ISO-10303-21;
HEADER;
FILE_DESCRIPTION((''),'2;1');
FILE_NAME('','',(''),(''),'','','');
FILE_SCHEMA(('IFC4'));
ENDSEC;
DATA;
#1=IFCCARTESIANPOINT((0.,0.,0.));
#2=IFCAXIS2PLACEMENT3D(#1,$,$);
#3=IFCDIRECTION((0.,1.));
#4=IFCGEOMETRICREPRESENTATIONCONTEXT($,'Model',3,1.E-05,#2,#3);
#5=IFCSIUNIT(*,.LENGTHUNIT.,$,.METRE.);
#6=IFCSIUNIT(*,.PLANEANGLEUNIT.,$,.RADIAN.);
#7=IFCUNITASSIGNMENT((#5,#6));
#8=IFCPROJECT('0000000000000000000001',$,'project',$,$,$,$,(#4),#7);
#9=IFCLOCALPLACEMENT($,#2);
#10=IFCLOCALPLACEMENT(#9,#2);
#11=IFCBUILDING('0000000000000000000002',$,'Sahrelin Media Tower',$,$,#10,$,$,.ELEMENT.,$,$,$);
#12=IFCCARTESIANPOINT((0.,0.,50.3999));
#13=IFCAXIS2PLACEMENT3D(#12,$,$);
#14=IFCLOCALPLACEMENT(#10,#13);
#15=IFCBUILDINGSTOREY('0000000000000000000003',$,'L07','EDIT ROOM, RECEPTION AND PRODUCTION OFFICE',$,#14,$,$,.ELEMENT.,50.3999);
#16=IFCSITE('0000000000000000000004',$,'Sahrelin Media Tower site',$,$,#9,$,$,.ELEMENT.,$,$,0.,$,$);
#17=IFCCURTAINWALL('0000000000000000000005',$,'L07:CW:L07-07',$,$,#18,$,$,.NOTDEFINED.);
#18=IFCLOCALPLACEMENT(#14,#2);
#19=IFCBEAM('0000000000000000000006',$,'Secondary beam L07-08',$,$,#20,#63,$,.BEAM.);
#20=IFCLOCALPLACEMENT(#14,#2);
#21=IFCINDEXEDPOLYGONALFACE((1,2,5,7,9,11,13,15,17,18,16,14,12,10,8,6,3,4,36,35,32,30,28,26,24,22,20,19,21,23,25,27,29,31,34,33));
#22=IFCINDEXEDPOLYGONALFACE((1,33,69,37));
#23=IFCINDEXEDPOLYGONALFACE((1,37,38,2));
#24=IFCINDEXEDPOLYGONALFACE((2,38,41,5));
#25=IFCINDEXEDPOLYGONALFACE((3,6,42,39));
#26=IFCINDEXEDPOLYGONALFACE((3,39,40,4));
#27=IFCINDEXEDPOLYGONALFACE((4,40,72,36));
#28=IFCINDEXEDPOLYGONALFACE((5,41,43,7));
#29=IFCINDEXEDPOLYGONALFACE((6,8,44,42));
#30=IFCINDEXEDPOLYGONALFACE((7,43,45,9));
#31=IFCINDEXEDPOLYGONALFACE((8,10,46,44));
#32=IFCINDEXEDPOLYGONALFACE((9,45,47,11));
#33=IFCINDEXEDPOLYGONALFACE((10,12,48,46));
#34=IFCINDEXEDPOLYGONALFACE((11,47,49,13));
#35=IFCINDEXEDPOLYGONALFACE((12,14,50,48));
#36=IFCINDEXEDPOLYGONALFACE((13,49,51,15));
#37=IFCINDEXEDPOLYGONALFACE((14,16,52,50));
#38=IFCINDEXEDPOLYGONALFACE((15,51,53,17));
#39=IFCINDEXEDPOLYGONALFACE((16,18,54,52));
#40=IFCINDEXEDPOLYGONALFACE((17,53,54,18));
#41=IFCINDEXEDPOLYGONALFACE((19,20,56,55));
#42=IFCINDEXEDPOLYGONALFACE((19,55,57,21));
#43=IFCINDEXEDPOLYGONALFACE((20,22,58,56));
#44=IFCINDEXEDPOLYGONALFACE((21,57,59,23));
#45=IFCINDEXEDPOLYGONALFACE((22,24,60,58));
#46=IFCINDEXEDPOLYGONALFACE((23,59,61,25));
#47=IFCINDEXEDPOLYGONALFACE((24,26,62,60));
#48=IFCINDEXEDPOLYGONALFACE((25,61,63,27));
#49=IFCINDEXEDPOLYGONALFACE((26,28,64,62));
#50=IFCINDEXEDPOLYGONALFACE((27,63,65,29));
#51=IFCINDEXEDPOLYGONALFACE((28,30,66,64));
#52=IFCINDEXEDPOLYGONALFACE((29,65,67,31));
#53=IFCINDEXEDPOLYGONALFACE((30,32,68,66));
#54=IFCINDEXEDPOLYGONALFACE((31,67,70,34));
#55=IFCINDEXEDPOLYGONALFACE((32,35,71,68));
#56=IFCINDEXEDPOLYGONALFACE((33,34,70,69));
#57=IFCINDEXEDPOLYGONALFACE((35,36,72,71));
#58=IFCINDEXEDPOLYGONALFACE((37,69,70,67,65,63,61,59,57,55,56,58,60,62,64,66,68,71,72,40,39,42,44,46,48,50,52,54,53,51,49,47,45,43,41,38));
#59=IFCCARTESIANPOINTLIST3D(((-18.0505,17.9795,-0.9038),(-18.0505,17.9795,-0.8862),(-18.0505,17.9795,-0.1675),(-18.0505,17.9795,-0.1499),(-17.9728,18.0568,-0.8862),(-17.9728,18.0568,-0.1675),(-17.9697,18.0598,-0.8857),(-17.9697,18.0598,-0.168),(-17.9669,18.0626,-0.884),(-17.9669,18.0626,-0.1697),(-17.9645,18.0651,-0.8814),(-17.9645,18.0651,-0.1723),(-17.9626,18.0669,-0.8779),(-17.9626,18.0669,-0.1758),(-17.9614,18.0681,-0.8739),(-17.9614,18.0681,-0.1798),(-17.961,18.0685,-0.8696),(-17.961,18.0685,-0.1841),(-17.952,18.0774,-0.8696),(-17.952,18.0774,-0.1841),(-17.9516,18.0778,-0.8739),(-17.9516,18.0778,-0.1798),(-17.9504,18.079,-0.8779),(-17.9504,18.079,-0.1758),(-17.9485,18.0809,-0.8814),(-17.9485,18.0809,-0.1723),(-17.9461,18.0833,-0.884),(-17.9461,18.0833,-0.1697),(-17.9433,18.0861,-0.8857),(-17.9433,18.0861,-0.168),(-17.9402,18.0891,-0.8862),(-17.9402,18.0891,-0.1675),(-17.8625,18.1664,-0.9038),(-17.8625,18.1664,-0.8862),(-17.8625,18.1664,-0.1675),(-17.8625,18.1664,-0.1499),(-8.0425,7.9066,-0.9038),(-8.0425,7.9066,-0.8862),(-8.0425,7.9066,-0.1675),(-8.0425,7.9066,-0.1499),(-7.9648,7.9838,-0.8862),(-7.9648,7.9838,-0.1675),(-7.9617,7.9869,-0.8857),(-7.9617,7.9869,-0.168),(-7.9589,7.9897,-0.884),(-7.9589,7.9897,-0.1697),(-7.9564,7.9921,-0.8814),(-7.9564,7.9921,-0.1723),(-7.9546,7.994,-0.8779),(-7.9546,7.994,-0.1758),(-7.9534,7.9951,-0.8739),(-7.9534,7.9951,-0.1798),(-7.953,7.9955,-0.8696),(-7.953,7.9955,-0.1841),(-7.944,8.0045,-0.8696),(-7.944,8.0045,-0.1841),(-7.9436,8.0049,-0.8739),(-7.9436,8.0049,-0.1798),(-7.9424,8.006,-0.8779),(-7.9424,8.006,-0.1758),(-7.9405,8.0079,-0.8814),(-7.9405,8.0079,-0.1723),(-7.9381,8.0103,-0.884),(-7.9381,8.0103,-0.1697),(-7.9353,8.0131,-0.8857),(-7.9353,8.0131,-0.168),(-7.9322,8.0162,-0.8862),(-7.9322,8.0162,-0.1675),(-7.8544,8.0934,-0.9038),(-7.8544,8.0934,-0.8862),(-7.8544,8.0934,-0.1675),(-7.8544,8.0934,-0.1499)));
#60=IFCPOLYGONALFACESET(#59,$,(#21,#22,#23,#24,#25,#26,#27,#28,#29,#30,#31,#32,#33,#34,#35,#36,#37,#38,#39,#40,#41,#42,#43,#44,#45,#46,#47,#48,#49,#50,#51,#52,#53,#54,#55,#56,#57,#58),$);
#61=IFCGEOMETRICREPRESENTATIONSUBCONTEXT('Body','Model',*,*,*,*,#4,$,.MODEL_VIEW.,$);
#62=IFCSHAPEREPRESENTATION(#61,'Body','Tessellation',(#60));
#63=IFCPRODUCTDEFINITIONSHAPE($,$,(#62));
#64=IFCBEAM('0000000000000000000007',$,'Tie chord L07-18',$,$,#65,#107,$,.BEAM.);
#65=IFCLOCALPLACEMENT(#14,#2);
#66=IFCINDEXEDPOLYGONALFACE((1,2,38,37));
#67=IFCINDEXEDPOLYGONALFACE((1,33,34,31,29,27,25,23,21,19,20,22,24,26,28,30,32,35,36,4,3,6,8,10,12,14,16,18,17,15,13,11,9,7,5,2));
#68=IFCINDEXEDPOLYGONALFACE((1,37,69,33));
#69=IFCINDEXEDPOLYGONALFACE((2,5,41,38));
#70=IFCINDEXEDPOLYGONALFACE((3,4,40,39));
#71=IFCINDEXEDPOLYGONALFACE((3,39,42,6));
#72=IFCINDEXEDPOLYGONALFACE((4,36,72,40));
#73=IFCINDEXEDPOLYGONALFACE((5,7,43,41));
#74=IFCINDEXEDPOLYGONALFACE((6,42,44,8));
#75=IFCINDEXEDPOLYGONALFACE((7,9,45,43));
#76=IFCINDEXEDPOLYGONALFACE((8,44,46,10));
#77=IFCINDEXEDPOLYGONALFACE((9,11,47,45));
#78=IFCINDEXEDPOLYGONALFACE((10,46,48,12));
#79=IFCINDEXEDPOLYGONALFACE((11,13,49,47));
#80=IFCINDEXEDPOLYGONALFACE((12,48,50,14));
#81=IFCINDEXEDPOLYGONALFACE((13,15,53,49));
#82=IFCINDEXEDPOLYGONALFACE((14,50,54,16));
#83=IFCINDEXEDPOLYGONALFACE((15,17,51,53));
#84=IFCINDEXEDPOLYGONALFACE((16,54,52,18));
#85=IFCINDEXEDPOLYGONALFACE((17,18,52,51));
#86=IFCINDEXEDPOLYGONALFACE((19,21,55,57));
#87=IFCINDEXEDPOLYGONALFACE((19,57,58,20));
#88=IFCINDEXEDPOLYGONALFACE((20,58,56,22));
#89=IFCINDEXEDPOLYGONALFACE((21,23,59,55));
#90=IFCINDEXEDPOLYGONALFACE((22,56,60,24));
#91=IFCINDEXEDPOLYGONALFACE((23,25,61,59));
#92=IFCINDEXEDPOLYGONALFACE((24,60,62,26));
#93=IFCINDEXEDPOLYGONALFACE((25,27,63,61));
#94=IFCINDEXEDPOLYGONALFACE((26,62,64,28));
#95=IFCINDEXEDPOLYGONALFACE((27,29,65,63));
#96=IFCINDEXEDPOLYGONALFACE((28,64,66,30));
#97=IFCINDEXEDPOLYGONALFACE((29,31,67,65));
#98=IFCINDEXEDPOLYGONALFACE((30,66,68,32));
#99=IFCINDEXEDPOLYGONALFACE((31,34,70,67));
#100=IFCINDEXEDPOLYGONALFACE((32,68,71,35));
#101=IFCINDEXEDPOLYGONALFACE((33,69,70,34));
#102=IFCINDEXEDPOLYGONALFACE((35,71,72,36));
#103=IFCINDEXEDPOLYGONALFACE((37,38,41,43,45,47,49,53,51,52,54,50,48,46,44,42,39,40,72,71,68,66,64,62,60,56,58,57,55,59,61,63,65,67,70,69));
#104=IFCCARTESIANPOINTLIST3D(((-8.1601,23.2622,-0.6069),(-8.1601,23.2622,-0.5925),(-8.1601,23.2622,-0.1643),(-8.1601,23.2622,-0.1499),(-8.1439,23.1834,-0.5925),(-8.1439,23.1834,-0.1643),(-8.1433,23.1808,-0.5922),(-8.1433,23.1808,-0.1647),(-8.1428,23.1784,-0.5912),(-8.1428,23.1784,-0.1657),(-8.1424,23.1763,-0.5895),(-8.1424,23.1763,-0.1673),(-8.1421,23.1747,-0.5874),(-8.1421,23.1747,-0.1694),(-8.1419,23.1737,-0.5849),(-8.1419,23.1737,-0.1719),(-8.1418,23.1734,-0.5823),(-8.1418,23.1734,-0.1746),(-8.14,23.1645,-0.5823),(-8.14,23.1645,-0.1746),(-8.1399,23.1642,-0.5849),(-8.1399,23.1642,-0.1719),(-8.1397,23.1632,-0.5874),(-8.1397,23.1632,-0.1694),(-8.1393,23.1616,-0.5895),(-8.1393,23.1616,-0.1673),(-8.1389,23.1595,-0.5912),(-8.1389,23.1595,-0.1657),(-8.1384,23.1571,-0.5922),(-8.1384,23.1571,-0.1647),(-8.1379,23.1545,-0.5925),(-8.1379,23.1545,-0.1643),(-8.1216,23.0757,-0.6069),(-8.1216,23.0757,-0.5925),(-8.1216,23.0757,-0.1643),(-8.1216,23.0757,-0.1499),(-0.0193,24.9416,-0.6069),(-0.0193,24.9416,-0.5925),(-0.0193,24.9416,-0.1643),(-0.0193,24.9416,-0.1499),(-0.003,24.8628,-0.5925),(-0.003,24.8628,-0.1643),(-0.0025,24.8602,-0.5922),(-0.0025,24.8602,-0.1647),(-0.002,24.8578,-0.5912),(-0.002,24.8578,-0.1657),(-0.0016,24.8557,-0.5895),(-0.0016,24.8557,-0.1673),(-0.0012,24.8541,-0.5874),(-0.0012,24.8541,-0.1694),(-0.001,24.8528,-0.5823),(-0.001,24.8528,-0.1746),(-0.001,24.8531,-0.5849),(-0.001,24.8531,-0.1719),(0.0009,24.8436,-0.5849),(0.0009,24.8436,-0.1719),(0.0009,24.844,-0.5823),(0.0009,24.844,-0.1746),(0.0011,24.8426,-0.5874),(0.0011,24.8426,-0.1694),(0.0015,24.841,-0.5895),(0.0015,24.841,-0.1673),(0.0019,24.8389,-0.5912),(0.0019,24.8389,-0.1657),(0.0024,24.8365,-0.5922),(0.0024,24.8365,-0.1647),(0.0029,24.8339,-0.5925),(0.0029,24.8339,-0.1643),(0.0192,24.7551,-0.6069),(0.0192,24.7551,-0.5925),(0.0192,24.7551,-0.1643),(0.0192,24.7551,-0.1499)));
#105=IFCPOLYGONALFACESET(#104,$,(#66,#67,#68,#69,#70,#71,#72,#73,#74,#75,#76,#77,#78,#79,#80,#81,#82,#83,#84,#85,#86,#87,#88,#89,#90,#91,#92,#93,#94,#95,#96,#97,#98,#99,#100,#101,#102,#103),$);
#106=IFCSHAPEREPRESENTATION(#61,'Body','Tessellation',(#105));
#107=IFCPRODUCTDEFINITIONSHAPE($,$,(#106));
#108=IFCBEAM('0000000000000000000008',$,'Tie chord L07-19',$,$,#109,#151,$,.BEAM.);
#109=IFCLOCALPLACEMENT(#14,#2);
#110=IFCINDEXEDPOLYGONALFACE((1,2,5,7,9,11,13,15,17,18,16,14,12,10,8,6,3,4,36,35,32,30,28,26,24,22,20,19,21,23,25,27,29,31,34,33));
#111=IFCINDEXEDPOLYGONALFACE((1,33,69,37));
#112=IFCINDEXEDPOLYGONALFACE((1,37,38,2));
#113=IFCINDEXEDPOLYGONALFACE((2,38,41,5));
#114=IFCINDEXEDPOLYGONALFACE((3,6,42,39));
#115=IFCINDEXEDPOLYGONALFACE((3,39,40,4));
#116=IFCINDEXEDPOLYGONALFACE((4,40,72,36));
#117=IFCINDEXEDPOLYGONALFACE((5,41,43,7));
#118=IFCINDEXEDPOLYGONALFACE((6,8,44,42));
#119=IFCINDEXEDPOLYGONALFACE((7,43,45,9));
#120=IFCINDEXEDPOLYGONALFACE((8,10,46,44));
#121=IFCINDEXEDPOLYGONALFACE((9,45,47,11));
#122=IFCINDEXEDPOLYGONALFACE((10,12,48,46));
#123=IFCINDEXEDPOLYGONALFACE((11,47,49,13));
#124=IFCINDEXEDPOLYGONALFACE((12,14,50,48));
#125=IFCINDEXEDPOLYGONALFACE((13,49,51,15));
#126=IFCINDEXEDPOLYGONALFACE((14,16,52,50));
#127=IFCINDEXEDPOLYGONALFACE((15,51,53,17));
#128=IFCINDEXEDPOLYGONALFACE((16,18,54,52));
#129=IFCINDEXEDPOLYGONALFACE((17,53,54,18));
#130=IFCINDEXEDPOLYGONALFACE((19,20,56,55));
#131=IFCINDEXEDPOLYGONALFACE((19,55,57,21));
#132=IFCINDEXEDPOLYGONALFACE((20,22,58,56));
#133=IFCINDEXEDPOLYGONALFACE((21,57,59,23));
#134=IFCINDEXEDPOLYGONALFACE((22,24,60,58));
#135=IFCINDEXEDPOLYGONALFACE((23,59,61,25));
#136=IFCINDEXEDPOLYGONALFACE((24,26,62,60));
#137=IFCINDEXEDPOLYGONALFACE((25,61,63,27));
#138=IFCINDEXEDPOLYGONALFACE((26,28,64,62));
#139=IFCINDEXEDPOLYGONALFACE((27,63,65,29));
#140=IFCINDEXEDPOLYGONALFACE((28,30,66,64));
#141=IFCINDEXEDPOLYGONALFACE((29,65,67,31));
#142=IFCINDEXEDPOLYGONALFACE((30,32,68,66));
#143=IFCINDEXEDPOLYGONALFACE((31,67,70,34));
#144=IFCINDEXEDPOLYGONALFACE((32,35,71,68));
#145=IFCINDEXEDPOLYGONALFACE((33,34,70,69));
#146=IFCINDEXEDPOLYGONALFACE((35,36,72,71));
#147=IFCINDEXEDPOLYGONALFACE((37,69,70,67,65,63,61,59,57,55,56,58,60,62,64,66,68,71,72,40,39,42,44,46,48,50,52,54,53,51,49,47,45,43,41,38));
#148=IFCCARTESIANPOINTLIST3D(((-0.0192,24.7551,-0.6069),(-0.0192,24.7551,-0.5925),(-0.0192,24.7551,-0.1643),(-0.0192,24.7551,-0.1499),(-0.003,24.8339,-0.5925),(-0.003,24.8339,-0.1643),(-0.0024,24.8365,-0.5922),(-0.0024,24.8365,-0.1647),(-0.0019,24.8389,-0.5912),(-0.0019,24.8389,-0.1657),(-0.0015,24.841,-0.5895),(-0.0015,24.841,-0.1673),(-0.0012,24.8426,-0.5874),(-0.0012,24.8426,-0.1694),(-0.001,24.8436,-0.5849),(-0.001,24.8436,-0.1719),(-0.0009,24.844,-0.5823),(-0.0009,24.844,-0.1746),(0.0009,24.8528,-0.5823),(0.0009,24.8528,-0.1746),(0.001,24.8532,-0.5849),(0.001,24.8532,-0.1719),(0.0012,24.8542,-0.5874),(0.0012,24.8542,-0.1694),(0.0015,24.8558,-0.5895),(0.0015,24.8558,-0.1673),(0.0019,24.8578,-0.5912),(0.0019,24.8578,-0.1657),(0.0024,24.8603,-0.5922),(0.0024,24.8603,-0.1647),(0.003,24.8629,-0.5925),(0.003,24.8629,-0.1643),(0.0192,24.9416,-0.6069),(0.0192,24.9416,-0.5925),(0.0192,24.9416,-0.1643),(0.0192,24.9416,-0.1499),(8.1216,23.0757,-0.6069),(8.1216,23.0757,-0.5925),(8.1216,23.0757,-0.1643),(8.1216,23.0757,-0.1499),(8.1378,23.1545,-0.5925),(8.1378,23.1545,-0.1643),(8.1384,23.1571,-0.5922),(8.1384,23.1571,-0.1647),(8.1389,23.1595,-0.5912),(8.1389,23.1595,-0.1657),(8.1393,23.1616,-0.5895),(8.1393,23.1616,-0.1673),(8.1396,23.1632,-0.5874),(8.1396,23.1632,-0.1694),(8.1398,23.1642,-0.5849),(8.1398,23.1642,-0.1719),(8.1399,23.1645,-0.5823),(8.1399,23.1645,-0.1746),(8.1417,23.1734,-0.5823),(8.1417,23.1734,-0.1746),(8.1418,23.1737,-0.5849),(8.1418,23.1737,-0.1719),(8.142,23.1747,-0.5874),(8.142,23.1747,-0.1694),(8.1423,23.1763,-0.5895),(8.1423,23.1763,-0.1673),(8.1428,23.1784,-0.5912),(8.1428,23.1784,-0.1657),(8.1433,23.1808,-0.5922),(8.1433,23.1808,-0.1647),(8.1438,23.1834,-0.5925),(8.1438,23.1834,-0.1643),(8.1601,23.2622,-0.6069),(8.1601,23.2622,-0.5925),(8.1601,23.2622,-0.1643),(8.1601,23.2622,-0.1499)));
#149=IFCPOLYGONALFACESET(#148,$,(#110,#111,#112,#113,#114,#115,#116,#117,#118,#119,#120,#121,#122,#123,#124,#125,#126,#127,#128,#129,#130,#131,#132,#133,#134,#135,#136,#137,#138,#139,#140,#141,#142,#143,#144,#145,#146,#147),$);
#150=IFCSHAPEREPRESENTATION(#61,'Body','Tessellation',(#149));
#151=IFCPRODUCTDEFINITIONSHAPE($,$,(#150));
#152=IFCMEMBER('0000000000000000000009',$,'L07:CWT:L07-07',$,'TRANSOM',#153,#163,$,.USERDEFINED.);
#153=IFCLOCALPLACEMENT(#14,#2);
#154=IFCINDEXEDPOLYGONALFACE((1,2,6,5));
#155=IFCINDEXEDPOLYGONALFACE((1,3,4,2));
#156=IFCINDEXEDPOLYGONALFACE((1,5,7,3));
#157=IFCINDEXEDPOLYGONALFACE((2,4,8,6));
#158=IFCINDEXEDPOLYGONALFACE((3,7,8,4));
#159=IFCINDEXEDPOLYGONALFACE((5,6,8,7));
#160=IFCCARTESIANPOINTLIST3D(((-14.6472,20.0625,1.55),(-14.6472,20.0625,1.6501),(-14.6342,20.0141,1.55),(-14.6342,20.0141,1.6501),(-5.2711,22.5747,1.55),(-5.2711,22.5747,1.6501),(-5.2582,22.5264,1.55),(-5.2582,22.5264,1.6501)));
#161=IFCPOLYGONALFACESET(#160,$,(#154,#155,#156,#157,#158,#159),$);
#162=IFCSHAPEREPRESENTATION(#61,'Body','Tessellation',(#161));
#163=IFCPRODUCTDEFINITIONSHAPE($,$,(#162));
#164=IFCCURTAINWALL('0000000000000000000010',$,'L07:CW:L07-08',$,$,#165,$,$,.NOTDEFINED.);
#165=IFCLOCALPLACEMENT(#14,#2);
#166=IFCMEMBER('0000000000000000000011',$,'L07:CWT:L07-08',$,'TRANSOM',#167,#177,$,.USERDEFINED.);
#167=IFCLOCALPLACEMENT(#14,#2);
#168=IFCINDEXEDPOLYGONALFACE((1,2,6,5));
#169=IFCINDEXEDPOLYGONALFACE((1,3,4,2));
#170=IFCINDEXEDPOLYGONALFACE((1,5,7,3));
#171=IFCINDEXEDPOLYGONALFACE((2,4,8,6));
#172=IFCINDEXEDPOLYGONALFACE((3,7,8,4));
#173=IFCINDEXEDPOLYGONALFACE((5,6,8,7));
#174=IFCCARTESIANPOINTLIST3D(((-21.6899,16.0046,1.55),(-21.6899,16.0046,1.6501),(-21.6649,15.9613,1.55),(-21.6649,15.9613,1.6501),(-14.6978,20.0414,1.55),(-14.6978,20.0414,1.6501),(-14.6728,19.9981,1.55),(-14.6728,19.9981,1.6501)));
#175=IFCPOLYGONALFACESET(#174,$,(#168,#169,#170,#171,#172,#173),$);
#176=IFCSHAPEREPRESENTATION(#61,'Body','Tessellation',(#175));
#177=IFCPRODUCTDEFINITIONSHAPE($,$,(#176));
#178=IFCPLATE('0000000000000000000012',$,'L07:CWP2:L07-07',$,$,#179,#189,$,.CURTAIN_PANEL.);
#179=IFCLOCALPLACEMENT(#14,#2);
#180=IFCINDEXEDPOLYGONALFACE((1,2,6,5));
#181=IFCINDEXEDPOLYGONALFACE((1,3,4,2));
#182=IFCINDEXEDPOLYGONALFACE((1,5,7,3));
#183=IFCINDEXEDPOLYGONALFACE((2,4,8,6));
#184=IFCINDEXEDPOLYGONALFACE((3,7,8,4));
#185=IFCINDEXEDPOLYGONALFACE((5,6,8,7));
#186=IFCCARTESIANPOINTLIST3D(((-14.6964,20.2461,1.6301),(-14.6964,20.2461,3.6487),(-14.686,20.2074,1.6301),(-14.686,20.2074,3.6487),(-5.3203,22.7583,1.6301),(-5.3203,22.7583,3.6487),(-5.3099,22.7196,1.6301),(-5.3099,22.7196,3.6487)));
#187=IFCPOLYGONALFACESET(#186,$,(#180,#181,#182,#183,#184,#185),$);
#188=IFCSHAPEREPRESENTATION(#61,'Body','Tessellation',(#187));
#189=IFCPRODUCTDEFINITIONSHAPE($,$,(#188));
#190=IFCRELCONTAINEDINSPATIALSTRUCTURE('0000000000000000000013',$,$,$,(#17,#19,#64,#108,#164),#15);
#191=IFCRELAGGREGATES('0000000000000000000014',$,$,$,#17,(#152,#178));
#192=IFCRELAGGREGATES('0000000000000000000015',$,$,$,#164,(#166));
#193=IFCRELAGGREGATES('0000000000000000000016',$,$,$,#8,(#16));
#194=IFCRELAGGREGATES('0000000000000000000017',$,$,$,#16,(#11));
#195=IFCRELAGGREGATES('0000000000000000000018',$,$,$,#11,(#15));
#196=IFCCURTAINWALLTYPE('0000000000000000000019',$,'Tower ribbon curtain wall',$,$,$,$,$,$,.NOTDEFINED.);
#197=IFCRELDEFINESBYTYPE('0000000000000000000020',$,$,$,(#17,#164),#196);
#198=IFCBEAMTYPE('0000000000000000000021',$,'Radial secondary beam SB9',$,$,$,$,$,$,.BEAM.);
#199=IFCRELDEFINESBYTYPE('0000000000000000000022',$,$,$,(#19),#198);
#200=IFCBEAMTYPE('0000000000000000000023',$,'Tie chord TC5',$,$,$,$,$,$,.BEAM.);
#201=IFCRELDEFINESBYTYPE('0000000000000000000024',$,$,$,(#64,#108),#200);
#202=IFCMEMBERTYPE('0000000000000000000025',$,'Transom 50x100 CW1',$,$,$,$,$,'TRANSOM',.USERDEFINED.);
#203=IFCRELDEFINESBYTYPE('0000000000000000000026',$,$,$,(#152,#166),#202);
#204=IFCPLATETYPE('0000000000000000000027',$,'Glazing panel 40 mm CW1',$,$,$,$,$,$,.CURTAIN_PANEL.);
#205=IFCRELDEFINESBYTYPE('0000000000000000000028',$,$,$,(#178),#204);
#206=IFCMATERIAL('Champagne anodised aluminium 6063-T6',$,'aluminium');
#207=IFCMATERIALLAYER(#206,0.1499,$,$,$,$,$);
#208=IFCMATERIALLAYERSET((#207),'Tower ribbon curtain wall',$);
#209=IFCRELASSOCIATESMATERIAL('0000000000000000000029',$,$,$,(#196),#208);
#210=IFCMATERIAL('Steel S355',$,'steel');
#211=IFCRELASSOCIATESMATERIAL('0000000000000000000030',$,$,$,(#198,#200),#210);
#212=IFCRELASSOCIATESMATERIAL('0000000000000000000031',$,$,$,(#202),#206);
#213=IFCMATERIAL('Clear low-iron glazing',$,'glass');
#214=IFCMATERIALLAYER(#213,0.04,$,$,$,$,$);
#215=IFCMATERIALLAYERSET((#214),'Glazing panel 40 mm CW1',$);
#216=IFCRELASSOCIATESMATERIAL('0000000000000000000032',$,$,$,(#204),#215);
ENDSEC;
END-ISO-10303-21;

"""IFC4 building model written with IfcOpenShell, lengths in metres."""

from ifc_helpers import new_model, si_unit, direction, frame, origin, origin_2d, place, context, subcontext, project, spatial, polyline, rectangle, i_section, outline, extrude, material, layer, layer_set, material_profile, profile_set, type_object, element, aggregate, save


model = new_model("IFC4")

# Units and contexts
model_context = context("Model", 3, precision=1e-05, world=origin(), true_north=direction((0.0, 1.0)))
body_context = subcontext(model_context, "Body", "Model", "MODEL_VIEW")
ifc_project = project(units=[si_unit("LENGTHUNIT", "METRE"), si_unit("PLANEANGLEUNIT", "RADIAN")], contexts=[model_context])

# Site, building, storey
site_placement = place(None, origin())
site = spatial("IfcSite", under=ifc_project, at=site_placement, Name="Sahrelin Media Tower site", CompositionType="ELEMENT", RefElevation=0.0)
building_placement = place(site_placement, origin())
building = spatial("IfcBuilding", under=site, at=building_placement, Name="Sahrelin Media Tower", CompositionType="ELEMENT")
storey_placement = place(building_placement, frame((0.0, 0.0, 50.3999)))
storey = spatial("IfcBuildingStorey", under=building, at=storey_placement, Name="L07", Description="EDIT ROOM, RECEPTION AND PRODUCTION OFFICE", CompositionType="ELEMENT", Elevation=50.3999)

# Shared definitions
ifc_material_1 = material(Name="Steel S355", Category="steel")

# Curtain wall
ifc_material_2 = material(Name="Champagne anodised aluminium 6063-T6", Category="aluminium")
ifc_layer_1 = layer(ifc_material_2, 0.1499)
ifc_layer_set_1 = layer_set([ifc_layer_1], Name="Tower ribbon curtain wall")
curtain_wall_type = type_object("IfcCurtainWallType", Name="Tower ribbon curtain wall", PredefinedType="NOTDEFINED", material=ifc_layer_set_1)
curtain_wall_1_placement = place(storey_placement, frame((-10.0032, 21.4827, 0.0), z_axis=(0.0, 0.0, 1.0), x_axis=(1.0, 0.0, 0.0)))
curtain_wall_1 = element("IfcCurtainWall", 1, at=curtain_wall_1_placement, inside=storey, type_object=curtain_wall_type, Name="L07:CW:L07-07", PredefinedType="NOTDEFINED")

# Beams
ifc_material_profile_1 = material_profile(ifc_material_1, i_section(OverallWidth=0.2651, OverallDepth=0.7539, WebThickness=0.0127, FlangeThickness=0.0176, FilletRadius=0.0166, at=origin_2d()), Name="UB 762x267x147")
ifc_profile_set_1 = profile_set([ifc_material_profile_1], Name="Steel S355")
beam_type_1 = type_object("IfcBeamType", Name="Radial secondary beam SB9", PredefinedType="BEAM", material=ifc_profile_set_1)
beam_1_placement = place(storey_placement, frame((-7.9485, 8.0, -0.5269), z_axis=(-0.704816, 0.70939, 0.0), x_axis=(-0.70939, -0.704816, 0.0)))
element("IfcBeam", 2, at=beam_1_placement, inside=storey, type_object=beam_type_1, Name="Secondary beam L07-08", PredefinedType="BEAM", context=body_context, shape_type="SweptSolid", body=[
    extrude(i_section(OverallWidth=0.2651, OverallDepth=0.7539, WebThickness=0.0127, FlangeThickness=0.0176, FilletRadius=0.0166, at=origin_2d()), origin(), (0.0, 0.0, 1.0), 14.1995),
])
ifc_material_profile_2 = material_profile(ifc_material_1, i_section(OverallWidth=0.1904, OverallDepth=0.457, WebThickness=0.009, FlangeThickness=0.0144, FilletRadius=0.0103, at=origin_2d()), Name="UB 457x191x74")
ifc_profile_set_2 = profile_set([ifc_material_profile_2], Name="Steel S355")
beam_type_2 = type_object("IfcBeamType", Name="Tie chord TC5", PredefinedType="BEAM", material=ifc_profile_set_2)
for number, where, z_axis, x_axis, name in (
    (3, (-8.1409, 23.1689, -0.3784), (0.979377, 0.202043, 0.0), (-0.202043, 0.979377, 0.0), "Tie chord L07-18"),
    (4, (0.0, 24.8484, -0.3784), (0.979377, -0.202043, 0.0), (0.202043, 0.979377, 0.0), "Tie chord L07-19"),
):
    element("IfcBeam", number, at=place(storey_placement, frame(where, z_axis=z_axis, x_axis=x_axis)), inside=storey, type_object=beam_type_2, Name=name, PredefinedType="BEAM", context=body_context, shape_type="SweptSolid", body=[
        extrude(i_section(OverallWidth=0.1904, OverallDepth=0.457, WebThickness=0.009, FlangeThickness=0.0144, FilletRadius=0.0103, at=origin_2d()), origin(), (0.0, 0.0, 1.0), 8.3123),
    ])

# Member
ifc_material_profile_3 = material_profile(ifc_material_2, rectangle(XDim=0.05, YDim=0.1001, at=origin_2d()), Name="Transom 50x100")
ifc_profile_set_3 = profile_set([ifc_material_profile_3], Name="Champagne anodised aluminium 6063-T6")
member_type_1 = type_object("IfcMemberType", Name="Transom 50x100 CW1", ElementType="TRANSOM", PredefinedType="USERDEFINED", material=ifc_profile_set_3)
member_1_placement = place(storey_placement, frame((-5.2646, 22.5505, 1.6001), z_axis=(-0.965928, -0.258812, 0.0), x_axis=(0.258812, -0.965928, 0.0)))
member_1 = element("IfcMember", 5, at=member_1_placement, type_object=member_type_1, Name="L07:CWT:L07-07", ObjectType="TRANSOM", PredefinedType="USERDEFINED", context=body_context, shape_type="SweptSolid", body=[
    extrude(rectangle(XDim=0.05, YDim=0.1001, at=origin_2d()), origin(), (0.0, 0.0, 1.0), 9.7068),
])

# Curtain wall, member
curtain_wall_2_placement = place(storey_placement, frame((-18.2788, 18.1702, 0.0), z_axis=(0.0, 0.0, 1.0), x_axis=(1.0, 0.0, 0.0)))
curtain_wall_2 = element("IfcCurtainWall", 6, at=curtain_wall_2_placement, inside=storey, type_object=curtain_wall_type, Name="L07:CW:L07-08", PredefinedType="NOTDEFINED")
member_2_placement = place(storey_placement, frame((-14.6853, 20.0198, 1.6001), z_axis=(-0.866029, -0.499993, 0.0), x_axis=(0.499993, -0.866029, 0.0)))
member_2 = element("IfcMember", 7, at=member_2_placement, type_object=member_type_1, Name="L07:CWT:L07-08", ObjectType="TRANSOM", PredefinedType="USERDEFINED", context=body_context, shape_type="SweptSolid", body=[
    extrude(rectangle(XDim=0.05, YDim=0.1001, at=origin_2d()), origin(), (0.0, 0.0, 1.0), 8.0737),
])

# Plate
ifc_material_3 = material(Name="Clear low-iron glazing", Category="glass")
ifc_layer_2 = layer(ifc_material_3, 0.04)
ifc_layer_set_2 = layer_set([ifc_layer_2], Name="Glazing panel 40 mm CW1")
plate_type_1 = type_object("IfcPlateType", Name="Glazing panel 40 mm CW1", PredefinedType="CURTAIN_PANEL", material=ifc_layer_set_2)
plate_1_placement = place(storey_placement, frame((-5.3203, 22.7583, 1.6301), z_axis=(-0.258812, 0.965928, 0.0), x_axis=(-0.965928, -0.258812, 0.0)))
plate_1 = element("IfcPlate", 8, at=plate_1_placement, type_object=plate_type_1, Name="L07:CWP2:L07-07", PredefinedType="CURTAIN_PANEL", context=body_context, shape_type="SweptSolid", body=[
    extrude(outline(polyline([(0.0, 0.0), (9.7068, 0.0), (9.7068, 2.0186), (0.0, 2.0186), (0.0, 0.0)])), origin(), (0.0, 0.0, -1.0), 0.04),
])
aggregate(curtain_wall_1, [member_1, plate_1])
aggregate(curtain_wall_2, [member_2])

save(model, "model.ifc")
